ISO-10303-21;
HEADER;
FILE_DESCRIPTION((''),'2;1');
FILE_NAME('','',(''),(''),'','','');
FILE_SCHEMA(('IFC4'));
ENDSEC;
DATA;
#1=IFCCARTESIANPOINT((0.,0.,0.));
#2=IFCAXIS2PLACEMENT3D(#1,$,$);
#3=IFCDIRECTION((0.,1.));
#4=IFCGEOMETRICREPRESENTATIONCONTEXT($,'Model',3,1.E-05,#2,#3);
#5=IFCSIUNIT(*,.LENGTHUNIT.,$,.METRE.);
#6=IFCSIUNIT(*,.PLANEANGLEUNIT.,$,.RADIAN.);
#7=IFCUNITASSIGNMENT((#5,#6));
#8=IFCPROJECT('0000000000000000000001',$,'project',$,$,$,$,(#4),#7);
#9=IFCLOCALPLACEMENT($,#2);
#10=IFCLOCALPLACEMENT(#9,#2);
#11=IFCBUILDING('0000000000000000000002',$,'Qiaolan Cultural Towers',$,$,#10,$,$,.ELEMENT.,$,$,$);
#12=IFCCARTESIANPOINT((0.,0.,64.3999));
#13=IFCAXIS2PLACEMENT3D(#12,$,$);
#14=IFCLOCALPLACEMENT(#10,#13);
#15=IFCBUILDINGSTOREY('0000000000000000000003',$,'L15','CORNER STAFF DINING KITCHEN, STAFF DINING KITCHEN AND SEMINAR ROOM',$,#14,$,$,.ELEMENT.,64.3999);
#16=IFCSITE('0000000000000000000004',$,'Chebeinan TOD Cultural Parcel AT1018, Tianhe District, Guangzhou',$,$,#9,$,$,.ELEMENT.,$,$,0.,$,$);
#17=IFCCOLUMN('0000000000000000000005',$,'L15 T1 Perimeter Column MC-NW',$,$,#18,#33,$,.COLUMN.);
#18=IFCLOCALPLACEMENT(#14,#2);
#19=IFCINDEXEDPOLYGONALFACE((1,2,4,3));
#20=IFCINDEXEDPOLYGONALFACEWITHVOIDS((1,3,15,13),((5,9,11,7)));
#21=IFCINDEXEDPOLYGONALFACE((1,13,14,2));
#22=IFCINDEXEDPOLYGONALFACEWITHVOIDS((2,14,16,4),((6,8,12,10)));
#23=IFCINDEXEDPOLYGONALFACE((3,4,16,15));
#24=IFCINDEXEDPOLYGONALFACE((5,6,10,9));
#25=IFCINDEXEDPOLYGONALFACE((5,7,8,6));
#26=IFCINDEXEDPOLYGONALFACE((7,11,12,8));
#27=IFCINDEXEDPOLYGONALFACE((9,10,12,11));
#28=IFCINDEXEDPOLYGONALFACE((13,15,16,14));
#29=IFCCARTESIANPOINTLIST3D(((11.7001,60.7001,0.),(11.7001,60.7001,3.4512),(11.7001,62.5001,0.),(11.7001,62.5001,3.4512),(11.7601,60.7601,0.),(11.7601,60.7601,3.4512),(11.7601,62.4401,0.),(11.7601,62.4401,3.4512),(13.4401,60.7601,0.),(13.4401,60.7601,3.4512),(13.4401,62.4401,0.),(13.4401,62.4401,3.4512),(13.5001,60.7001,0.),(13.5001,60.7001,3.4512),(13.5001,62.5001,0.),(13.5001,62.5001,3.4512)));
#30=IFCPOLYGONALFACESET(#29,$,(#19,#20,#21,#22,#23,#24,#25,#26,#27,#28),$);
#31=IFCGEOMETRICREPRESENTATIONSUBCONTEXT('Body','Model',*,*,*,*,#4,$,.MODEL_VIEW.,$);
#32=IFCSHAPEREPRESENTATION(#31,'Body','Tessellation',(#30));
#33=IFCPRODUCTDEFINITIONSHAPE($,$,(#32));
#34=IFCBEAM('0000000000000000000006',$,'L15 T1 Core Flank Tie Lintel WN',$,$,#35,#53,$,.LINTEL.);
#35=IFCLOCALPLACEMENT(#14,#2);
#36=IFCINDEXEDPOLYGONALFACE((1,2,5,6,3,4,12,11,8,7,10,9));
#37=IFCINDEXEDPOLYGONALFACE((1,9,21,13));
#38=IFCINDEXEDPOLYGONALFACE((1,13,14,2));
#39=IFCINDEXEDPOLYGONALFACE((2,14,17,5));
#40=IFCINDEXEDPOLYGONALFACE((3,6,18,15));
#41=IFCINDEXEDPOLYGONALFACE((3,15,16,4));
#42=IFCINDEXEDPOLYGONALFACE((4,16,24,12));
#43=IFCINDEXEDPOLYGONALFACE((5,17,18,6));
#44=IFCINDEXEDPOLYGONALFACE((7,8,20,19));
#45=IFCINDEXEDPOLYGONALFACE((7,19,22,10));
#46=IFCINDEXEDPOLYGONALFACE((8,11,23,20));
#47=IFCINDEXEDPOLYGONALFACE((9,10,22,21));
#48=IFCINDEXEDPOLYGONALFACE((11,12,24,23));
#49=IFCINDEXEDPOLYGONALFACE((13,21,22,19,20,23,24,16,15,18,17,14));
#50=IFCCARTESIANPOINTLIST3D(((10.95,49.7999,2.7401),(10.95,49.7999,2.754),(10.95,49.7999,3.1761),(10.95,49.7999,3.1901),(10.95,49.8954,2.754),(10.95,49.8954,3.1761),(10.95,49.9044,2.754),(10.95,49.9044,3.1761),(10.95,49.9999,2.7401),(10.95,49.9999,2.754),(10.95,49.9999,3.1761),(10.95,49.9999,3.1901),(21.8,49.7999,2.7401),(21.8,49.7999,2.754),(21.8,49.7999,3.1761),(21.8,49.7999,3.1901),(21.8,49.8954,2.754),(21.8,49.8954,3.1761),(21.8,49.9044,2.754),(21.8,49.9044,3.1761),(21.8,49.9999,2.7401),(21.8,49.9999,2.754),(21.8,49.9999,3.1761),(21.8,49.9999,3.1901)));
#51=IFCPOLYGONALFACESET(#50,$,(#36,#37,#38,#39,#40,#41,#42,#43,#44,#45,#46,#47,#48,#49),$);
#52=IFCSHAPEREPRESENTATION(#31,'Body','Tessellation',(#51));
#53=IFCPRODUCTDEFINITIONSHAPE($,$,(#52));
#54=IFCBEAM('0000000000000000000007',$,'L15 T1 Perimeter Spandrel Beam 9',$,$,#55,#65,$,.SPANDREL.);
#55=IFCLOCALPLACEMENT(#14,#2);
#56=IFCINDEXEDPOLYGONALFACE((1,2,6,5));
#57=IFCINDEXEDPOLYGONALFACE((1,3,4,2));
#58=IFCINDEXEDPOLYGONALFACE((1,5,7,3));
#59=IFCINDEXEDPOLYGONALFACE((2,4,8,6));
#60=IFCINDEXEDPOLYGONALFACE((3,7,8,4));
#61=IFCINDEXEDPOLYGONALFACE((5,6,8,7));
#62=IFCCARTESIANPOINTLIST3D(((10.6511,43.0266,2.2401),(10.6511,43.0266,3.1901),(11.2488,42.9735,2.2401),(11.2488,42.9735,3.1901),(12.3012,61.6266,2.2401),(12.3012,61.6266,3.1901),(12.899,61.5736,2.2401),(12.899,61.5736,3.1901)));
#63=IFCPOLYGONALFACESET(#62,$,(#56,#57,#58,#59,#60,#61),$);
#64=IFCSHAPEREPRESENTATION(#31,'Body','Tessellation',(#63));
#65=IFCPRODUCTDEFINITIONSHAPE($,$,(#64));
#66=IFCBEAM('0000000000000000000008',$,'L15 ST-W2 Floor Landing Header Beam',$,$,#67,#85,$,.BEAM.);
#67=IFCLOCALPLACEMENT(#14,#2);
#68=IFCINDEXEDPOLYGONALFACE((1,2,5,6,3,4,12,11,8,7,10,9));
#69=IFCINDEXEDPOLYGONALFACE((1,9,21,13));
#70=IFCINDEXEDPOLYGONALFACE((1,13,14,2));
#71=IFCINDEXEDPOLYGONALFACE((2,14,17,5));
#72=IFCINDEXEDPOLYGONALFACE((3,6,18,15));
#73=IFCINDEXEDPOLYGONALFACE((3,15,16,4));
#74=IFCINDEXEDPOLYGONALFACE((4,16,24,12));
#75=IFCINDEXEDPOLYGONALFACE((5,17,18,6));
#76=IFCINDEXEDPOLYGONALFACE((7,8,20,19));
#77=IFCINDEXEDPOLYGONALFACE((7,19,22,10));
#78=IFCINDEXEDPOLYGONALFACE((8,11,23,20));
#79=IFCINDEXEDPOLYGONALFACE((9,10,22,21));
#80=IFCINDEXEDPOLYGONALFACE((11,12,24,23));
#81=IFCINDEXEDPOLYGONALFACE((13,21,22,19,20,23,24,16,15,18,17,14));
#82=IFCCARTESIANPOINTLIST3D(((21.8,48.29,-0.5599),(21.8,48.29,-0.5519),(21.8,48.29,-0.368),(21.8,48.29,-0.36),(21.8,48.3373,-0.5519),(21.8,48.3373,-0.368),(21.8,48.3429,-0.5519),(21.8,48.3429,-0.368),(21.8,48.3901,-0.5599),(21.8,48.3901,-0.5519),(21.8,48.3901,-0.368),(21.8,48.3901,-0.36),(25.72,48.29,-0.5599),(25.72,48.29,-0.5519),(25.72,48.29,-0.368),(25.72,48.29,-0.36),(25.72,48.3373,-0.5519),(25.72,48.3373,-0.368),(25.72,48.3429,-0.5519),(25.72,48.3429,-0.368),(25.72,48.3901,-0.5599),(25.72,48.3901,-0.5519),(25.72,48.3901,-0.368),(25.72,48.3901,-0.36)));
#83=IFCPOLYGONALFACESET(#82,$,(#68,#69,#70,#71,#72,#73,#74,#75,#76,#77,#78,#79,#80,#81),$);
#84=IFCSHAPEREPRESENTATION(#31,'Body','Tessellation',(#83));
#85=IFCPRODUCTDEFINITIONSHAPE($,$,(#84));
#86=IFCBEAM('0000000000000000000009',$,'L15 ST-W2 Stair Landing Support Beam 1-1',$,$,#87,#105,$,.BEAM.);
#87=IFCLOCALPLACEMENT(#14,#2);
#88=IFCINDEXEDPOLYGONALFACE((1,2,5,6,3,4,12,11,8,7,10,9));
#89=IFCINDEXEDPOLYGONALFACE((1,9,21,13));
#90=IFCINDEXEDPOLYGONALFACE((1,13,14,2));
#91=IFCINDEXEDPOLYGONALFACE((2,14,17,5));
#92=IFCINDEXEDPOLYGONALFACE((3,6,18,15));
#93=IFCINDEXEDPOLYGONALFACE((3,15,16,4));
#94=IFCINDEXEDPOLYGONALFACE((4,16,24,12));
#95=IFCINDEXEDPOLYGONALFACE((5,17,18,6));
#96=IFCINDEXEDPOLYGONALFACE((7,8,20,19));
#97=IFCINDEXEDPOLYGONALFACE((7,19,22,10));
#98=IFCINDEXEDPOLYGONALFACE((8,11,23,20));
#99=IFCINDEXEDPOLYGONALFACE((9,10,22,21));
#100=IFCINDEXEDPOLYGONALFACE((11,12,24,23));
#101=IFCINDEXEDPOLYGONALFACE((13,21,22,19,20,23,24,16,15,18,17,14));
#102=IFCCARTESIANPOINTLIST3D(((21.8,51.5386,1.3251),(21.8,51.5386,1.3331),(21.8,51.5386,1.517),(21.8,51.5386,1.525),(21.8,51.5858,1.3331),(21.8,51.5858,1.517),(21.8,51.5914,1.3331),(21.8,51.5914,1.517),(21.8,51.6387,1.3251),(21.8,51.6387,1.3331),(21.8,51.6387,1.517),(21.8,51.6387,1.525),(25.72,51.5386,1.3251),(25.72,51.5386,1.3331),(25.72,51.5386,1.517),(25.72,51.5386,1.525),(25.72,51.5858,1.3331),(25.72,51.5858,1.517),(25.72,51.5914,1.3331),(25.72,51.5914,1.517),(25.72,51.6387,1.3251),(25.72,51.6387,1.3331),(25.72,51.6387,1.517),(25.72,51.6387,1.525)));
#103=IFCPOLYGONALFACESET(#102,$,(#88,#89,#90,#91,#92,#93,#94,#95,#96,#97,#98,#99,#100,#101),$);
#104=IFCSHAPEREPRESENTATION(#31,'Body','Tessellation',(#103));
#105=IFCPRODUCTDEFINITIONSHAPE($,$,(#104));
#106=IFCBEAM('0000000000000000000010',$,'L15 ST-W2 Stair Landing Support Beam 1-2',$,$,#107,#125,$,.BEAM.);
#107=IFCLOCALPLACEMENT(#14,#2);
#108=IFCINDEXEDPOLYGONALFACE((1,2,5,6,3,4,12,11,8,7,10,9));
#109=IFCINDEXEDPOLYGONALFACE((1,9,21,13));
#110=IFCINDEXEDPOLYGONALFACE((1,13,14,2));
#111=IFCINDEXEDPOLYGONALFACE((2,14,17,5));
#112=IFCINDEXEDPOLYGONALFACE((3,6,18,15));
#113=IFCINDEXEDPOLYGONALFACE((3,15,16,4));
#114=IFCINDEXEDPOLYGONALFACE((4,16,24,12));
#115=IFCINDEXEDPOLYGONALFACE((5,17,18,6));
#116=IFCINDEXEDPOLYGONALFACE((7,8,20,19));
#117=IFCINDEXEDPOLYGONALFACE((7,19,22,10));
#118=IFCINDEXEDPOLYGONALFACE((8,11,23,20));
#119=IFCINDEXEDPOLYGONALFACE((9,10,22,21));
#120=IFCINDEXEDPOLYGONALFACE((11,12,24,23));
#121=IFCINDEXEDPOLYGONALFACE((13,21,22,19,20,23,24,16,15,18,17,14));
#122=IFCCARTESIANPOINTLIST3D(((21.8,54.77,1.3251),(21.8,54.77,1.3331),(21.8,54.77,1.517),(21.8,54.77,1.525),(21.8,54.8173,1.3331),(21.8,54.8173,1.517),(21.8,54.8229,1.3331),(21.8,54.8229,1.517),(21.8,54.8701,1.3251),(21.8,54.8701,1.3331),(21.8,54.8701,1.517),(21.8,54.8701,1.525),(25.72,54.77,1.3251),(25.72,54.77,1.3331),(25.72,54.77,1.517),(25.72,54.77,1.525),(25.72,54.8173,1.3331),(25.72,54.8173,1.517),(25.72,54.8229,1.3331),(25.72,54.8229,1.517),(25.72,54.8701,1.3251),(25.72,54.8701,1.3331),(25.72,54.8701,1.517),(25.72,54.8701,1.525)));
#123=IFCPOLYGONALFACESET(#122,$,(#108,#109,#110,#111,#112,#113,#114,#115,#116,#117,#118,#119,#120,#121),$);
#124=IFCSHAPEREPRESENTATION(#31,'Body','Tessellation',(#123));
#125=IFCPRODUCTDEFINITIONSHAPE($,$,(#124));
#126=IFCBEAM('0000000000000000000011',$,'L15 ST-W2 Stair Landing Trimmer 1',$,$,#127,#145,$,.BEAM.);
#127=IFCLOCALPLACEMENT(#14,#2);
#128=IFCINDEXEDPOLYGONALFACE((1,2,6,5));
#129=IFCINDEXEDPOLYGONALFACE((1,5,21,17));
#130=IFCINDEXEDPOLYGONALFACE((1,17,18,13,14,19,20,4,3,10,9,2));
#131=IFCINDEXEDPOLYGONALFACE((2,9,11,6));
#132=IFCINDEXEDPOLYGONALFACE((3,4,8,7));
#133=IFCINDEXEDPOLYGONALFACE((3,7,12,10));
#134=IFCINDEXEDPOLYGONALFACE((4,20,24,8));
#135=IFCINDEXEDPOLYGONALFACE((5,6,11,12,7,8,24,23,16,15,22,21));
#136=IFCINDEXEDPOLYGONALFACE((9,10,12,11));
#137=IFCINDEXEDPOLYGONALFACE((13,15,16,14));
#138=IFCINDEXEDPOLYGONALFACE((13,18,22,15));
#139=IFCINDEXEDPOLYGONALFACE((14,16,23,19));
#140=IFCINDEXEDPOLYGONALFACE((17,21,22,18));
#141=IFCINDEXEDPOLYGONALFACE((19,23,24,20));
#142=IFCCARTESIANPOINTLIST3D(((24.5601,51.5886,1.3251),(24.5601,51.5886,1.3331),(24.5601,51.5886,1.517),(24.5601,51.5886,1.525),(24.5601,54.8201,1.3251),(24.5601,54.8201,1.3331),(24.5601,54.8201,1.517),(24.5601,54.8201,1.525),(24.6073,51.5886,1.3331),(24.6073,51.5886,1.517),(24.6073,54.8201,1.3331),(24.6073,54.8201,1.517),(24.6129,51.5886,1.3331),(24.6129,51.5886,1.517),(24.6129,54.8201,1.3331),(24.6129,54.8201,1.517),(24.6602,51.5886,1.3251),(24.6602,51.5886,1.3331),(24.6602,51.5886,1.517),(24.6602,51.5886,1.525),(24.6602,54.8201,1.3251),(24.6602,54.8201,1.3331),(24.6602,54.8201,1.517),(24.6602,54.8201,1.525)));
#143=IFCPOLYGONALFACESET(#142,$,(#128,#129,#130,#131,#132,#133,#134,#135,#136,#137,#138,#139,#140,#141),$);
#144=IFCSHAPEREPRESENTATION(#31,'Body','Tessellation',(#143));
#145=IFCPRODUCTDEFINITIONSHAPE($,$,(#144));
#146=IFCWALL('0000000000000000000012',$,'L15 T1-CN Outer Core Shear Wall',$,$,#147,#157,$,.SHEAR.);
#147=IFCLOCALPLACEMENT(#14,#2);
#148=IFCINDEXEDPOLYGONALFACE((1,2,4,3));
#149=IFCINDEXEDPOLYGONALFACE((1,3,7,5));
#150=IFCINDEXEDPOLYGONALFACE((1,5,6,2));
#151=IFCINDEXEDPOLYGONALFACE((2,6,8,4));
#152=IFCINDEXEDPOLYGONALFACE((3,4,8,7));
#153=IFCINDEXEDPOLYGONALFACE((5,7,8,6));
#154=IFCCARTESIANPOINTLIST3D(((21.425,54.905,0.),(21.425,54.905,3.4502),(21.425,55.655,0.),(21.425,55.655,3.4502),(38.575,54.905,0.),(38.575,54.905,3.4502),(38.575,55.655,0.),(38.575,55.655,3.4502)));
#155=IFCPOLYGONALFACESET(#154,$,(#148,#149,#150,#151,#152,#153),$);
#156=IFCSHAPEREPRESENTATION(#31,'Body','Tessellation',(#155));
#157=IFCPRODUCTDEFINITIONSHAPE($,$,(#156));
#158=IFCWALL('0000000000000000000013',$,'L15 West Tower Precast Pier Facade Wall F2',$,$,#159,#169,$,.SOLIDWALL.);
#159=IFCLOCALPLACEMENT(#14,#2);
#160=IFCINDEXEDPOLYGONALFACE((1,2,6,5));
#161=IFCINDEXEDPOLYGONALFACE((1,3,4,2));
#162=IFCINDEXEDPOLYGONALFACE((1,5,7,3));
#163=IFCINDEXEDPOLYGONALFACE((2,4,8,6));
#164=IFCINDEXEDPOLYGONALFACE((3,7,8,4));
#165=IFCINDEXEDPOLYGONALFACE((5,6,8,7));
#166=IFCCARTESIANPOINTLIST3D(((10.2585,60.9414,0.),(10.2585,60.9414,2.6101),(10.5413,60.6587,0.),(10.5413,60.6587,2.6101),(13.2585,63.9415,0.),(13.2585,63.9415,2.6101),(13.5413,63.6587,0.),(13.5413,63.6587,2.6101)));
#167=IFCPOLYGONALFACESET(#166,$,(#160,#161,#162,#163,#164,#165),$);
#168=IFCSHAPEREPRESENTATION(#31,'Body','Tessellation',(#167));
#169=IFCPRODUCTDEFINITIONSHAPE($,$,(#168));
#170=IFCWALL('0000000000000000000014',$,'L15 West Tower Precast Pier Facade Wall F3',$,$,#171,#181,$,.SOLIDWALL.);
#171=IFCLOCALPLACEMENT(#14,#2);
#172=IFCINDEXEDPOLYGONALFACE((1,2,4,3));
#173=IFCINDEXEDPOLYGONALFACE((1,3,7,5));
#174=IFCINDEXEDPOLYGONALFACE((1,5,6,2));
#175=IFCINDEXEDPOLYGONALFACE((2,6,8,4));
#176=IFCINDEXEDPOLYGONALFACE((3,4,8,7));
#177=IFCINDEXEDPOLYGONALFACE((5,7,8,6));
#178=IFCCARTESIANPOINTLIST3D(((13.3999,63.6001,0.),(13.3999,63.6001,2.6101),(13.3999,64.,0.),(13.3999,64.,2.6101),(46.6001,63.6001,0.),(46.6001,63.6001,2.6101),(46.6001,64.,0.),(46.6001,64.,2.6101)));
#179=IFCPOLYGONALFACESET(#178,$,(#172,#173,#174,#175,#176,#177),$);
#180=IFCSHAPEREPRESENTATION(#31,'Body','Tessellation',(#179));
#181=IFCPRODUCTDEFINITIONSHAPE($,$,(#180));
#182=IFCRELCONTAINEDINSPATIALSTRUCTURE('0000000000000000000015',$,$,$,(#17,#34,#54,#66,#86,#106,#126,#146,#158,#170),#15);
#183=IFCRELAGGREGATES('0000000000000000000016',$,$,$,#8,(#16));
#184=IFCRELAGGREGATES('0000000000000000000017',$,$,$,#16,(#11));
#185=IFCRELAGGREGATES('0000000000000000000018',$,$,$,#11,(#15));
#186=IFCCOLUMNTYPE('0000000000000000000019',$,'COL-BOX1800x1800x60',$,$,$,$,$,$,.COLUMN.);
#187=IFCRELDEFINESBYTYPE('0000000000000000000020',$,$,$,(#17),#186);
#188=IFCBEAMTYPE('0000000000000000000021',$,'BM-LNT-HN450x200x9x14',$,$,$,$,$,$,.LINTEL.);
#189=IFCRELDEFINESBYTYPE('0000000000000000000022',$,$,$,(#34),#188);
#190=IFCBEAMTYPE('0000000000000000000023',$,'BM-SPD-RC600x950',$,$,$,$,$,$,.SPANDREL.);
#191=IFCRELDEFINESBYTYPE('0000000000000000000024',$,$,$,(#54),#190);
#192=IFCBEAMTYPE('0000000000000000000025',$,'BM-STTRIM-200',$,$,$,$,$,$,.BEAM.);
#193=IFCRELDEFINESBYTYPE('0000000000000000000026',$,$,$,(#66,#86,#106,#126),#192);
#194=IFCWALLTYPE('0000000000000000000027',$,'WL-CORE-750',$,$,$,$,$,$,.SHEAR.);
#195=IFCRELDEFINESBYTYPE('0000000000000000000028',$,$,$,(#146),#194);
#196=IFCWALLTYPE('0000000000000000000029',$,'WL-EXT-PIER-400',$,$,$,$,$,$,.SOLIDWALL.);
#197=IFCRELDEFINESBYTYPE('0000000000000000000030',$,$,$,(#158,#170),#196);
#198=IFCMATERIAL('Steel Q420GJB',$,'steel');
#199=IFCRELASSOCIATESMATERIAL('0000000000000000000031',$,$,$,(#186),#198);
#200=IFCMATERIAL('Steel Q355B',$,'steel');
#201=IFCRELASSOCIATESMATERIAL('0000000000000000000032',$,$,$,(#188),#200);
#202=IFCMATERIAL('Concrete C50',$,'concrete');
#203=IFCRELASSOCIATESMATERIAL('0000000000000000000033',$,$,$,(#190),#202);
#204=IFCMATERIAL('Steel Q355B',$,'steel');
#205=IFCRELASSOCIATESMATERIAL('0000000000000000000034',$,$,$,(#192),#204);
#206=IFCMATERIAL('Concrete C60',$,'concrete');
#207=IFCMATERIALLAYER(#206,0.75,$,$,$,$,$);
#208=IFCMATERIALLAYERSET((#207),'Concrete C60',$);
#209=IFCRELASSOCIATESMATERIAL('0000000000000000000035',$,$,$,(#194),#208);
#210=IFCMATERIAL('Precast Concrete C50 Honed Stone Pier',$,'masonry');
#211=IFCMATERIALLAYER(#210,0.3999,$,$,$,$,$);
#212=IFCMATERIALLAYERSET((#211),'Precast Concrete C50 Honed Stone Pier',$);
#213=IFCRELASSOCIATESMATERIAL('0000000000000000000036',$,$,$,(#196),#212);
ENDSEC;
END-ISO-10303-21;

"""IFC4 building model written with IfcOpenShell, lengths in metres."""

from ifc_helpers import new_model, si_unit, direction, frame, frame_2d, origin, origin_2d, place, context, subcontext, project, spatial, rectangle, hollow_rectangle, i_section, extrude, material, layer, layer_set, material_profile, profile_set, type_object, element, save


model = new_model("IFC4")

# Units and contexts
model_context = context("Model", 3, precision=1e-05, world=origin(), true_north=direction((0.0, 1.0)))
body_context = subcontext(model_context, "Body", "Model", "MODEL_VIEW")
ifc_project = project(units=[si_unit("LENGTHUNIT", "METRE"), si_unit("PLANEANGLEUNIT", "RADIAN")], contexts=[model_context])

# Site, building, storey
site_placement = place(None, origin())
site = spatial("IfcSite", under=ifc_project, at=site_placement, Name="Chebeinan TOD Cultural Parcel AT1018, Tianhe District, Guangzhou", CompositionType="ELEMENT", RefElevation=0.0)
building_placement = place(site_placement, origin())
building = spatial("IfcBuilding", under=site, at=building_placement, Name="Qiaolan Cultural Towers", CompositionType="ELEMENT")
storey_placement = place(building_placement, frame((0.0, 0.0, 64.3999)))
storey = spatial("IfcBuildingStorey", under=building, at=storey_placement, Name="L15", Description="CORNER STAFF DINING KITCHEN, STAFF DINING KITCHEN AND SEMINAR ROOM", CompositionType="ELEMENT", Elevation=64.3999)

# Column
ifc_material_1 = material(Name="Steel Q420GJB", Category="steel")
ifc_material_profile_1 = material_profile(ifc_material_1, hollow_rectangle(XDim=1.8, YDim=1.8, WallThickness=0.0601, at=origin_2d()), Name="BOX1800x1800x60")
ifc_profile_set_1 = profile_set([ifc_material_profile_1], Name="Steel Q420GJB")
column_type = type_object("IfcColumnType", Name="COL-BOX1800x1800x60", PredefinedType="COLUMN", material=ifc_profile_set_1)
column_placement = place(storey_placement, frame((12.6001, 61.6001, 0.0), z_axis=(0.0, 0.0, 1.0), x_axis=(1.0, 0.0, 0.0)))
element("IfcColumn", 1, at=column_placement, inside=storey, type_object=column_type, Name="L15 T1 Perimeter Column MC-NW", PredefinedType="COLUMN", context=body_context, shape_type="SweptSolid", body=[
    extrude(hollow_rectangle(XDim=1.8, YDim=1.8, WallThickness=0.0601, at=origin_2d()), origin(), (0.0, 0.0, 1.0), 3.4512),
])

# Beams
ifc_material_2 = material(Name="Steel Q355B", Category="steel")
ifc_material_profile_2 = material_profile(ifc_material_2, i_section(OverallWidth=0.2, OverallDepth=0.45, WebThickness=0.009, FlangeThickness=0.0139, at=origin_2d()), Name="HN450x200x9x14")
ifc_profile_set_2 = profile_set([ifc_material_profile_2], Name="Steel Q355B")
beam_type_1 = type_object("IfcBeamType", Name="BM-LNT-HN450x200x9x14", PredefinedType="LINTEL", material=ifc_profile_set_2)
beam_1_placement = place(storey_placement, frame((21.8, 49.8999, 2.9651), z_axis=(-1.0, 0.0, 0.0), x_axis=(0.0, -1.0, 0.0)))
element("IfcBeam", 2, at=beam_1_placement, inside=storey, type_object=beam_type_1, Name="L15 T1 Core Flank Tie Lintel WN", PredefinedType="LINTEL", context=body_context, shape_type="SweptSolid", body=[
    extrude(i_section(OverallWidth=0.2, OverallDepth=0.45, WebThickness=0.009, FlangeThickness=0.0139, at=origin_2d()), origin(), (0.0, 0.0, 1.0), 10.8501),
])
ifc_material_3 = material(Name="Concrete C50", Category="concrete")
ifc_material_profile_3 = material_profile(ifc_material_3, rectangle(XDim=0.6001, YDim=0.95, at=origin_2d()), Name="RC600x950")
ifc_profile_set_3 = profile_set([ifc_material_profile_3], Name="Concrete C50")
beam_type_2 = type_object("IfcBeamType", Name="BM-SPD-RC600x950", PredefinedType="SPANDREL", material=ifc_profile_set_3)
beam_2_placement = place(storey_placement, frame((12.6001, 61.6001, 2.7151), z_axis=(-0.08837, -0.996088, 0.0), x_axis=(0.996088, -0.08837, 0.0)))
element("IfcBeam", 3, at=beam_2_placement, inside=storey, type_object=beam_type_2, Name="L15 T1 Perimeter Spandrel Beam 9", PredefinedType="SPANDREL", context=body_context, shape_type="SweptSolid", body=[
    extrude(rectangle(XDim=0.6001, YDim=0.95, at=origin_2d()), origin(), (0.0, 0.0, 1.0), 18.6731),
])
ifc_material_4 = material(Name="Steel Q355B", Category="steel")
ifc_material_profile_4 = material_profile(ifc_material_4, i_section(OverallWidth=0.1001, OverallDepth=0.2, WebThickness=0.0056, FlangeThickness=0.0081, at=origin_2d()), Name="HN200x100x5.5x8")
ifc_profile_set_4 = profile_set([ifc_material_profile_4], Name="Steel Q355B")
beam_type_3 = type_object("IfcBeamType", Name="BM-STTRIM-200", PredefinedType="BEAM", material=ifc_profile_set_4)
for number, where, z_axis, x_axis, name in (
    (4, (21.8, 48.3401, -0.46), (1.0, 0.0, 0.0), (0.0, 1.0, 0.0), "L15 ST-W2 Floor Landing Header Beam"),
    (5, (21.8, 51.5886, 1.425), (1.0, 0.0, 0.0), (0.0, 1.0, 0.0), "L15 ST-W2 Stair Landing Support Beam 1-1"),
    (6, (21.8, 54.8201, 1.425), (1.0, 0.0, 0.0), (0.0, 1.0, 0.0), "L15 ST-W2 Stair Landing Support Beam 1-2"),
):
    element("IfcBeam", number, at=place(storey_placement, frame(where, z_axis=z_axis, x_axis=x_axis)), inside=storey, type_object=beam_type_3, Name=name, PredefinedType="BEAM", context=body_context, shape_type="SweptSolid", body=[
        extrude(i_section(OverallWidth=0.1001, OverallDepth=0.2, WebThickness=0.0056, FlangeThickness=0.0081, at=origin_2d()), origin(), (0.0, 0.0, 1.0), 3.9199),
    ])
beam_3_placement = place(storey_placement, frame((24.6101, 51.5886, 1.425), z_axis=(0.0, 1.0, 0.0), x_axis=(-1.0, 0.0, 0.0)))
element("IfcBeam", 7, at=beam_3_placement, inside=storey, type_object=beam_type_3, Name="L15 ST-W2 Stair Landing Trimmer 1", PredefinedType="BEAM", context=body_context, shape_type="SweptSolid", body=[
    extrude(i_section(OverallWidth=0.1001, OverallDepth=0.2, WebThickness=0.0056, FlangeThickness=0.0081, at=origin_2d()), origin(), (0.0, 0.0, 1.0), 3.2314),
])

# Walls
ifc_material_5 = material(Name="Concrete C60", Category="concrete")
ifc_layer_1 = layer(ifc_material_5, 0.75)
ifc_layer_set_1 = layer_set([ifc_layer_1], Name="Concrete C60")
wall_type_1 = type_object("IfcWallType", Name="WL-CORE-750", PredefinedType="SHEAR", material=ifc_layer_set_1)
wall_1_placement = place(storey_placement, frame((21.425, 55.28, 0.0), z_axis=(0.0, 0.0, 1.0), x_axis=(1.0, 0.0, 0.0)))
element("IfcWall", 8, at=wall_1_placement, inside=storey, type_object=wall_type_1, Name="L15 T1-CN Outer Core Shear Wall", PredefinedType="SHEAR", context=body_context, shape_type="SweptSolid", body=[
    extrude(rectangle(XDim=17.1499, YDim=0.75, at=frame_2d((8.575, 0.0))), origin(), (0.0, 0.0, 1.0), 3.4502),
])
ifc_material_6 = material(Name="Precast Concrete C50 Honed Stone Pier", Category="masonry")
ifc_layer_2 = layer(ifc_material_6, 0.3999)
ifc_layer_set_2 = layer_set([ifc_layer_2], Name="Precast Concrete C50 Honed Stone Pier")
wall_type_2 = type_object("IfcWallType", Name="WL-EXT-PIER-400", PredefinedType="SOLIDWALL", material=ifc_layer_set_2)
wall_2_placement = place(storey_placement, frame((10.3999, 60.8, 0.0), z_axis=(0.0, 0.0, 1.0), x_axis=(0.707107, 0.707107, 0.0)))
element("IfcWall", 9, at=wall_2_placement, inside=storey, type_object=wall_type_2, Name="L15 West Tower Precast Pier Facade Wall F2", PredefinedType="SOLIDWALL", context=body_context, shape_type="SweptSolid", body=[
    extrude(rectangle(XDim=4.2427, YDim=0.3999, at=frame_2d((2.1213, 0.0))), origin(), (0.0, 0.0, 1.0), 2.6101),
])
wall_3_placement = place(storey_placement, frame((13.3999, 63.8, 0.0), z_axis=(0.0, 0.0, 1.0), x_axis=(1.0, 0.0, 0.0)))
element("IfcWall", 10, at=wall_3_placement, inside=storey, type_object=wall_type_2, Name="L15 West Tower Precast Pier Facade Wall F3", PredefinedType="SOLIDWALL", context=body_context, shape_type="SweptSolid", body=[
    extrude(rectangle(XDim=33.2002, YDim=0.3999, at=frame_2d((16.6001, 0.0))), origin(), (0.0, 0.0, 1.0), 2.6101),
])

save(model, "model.ifc")
